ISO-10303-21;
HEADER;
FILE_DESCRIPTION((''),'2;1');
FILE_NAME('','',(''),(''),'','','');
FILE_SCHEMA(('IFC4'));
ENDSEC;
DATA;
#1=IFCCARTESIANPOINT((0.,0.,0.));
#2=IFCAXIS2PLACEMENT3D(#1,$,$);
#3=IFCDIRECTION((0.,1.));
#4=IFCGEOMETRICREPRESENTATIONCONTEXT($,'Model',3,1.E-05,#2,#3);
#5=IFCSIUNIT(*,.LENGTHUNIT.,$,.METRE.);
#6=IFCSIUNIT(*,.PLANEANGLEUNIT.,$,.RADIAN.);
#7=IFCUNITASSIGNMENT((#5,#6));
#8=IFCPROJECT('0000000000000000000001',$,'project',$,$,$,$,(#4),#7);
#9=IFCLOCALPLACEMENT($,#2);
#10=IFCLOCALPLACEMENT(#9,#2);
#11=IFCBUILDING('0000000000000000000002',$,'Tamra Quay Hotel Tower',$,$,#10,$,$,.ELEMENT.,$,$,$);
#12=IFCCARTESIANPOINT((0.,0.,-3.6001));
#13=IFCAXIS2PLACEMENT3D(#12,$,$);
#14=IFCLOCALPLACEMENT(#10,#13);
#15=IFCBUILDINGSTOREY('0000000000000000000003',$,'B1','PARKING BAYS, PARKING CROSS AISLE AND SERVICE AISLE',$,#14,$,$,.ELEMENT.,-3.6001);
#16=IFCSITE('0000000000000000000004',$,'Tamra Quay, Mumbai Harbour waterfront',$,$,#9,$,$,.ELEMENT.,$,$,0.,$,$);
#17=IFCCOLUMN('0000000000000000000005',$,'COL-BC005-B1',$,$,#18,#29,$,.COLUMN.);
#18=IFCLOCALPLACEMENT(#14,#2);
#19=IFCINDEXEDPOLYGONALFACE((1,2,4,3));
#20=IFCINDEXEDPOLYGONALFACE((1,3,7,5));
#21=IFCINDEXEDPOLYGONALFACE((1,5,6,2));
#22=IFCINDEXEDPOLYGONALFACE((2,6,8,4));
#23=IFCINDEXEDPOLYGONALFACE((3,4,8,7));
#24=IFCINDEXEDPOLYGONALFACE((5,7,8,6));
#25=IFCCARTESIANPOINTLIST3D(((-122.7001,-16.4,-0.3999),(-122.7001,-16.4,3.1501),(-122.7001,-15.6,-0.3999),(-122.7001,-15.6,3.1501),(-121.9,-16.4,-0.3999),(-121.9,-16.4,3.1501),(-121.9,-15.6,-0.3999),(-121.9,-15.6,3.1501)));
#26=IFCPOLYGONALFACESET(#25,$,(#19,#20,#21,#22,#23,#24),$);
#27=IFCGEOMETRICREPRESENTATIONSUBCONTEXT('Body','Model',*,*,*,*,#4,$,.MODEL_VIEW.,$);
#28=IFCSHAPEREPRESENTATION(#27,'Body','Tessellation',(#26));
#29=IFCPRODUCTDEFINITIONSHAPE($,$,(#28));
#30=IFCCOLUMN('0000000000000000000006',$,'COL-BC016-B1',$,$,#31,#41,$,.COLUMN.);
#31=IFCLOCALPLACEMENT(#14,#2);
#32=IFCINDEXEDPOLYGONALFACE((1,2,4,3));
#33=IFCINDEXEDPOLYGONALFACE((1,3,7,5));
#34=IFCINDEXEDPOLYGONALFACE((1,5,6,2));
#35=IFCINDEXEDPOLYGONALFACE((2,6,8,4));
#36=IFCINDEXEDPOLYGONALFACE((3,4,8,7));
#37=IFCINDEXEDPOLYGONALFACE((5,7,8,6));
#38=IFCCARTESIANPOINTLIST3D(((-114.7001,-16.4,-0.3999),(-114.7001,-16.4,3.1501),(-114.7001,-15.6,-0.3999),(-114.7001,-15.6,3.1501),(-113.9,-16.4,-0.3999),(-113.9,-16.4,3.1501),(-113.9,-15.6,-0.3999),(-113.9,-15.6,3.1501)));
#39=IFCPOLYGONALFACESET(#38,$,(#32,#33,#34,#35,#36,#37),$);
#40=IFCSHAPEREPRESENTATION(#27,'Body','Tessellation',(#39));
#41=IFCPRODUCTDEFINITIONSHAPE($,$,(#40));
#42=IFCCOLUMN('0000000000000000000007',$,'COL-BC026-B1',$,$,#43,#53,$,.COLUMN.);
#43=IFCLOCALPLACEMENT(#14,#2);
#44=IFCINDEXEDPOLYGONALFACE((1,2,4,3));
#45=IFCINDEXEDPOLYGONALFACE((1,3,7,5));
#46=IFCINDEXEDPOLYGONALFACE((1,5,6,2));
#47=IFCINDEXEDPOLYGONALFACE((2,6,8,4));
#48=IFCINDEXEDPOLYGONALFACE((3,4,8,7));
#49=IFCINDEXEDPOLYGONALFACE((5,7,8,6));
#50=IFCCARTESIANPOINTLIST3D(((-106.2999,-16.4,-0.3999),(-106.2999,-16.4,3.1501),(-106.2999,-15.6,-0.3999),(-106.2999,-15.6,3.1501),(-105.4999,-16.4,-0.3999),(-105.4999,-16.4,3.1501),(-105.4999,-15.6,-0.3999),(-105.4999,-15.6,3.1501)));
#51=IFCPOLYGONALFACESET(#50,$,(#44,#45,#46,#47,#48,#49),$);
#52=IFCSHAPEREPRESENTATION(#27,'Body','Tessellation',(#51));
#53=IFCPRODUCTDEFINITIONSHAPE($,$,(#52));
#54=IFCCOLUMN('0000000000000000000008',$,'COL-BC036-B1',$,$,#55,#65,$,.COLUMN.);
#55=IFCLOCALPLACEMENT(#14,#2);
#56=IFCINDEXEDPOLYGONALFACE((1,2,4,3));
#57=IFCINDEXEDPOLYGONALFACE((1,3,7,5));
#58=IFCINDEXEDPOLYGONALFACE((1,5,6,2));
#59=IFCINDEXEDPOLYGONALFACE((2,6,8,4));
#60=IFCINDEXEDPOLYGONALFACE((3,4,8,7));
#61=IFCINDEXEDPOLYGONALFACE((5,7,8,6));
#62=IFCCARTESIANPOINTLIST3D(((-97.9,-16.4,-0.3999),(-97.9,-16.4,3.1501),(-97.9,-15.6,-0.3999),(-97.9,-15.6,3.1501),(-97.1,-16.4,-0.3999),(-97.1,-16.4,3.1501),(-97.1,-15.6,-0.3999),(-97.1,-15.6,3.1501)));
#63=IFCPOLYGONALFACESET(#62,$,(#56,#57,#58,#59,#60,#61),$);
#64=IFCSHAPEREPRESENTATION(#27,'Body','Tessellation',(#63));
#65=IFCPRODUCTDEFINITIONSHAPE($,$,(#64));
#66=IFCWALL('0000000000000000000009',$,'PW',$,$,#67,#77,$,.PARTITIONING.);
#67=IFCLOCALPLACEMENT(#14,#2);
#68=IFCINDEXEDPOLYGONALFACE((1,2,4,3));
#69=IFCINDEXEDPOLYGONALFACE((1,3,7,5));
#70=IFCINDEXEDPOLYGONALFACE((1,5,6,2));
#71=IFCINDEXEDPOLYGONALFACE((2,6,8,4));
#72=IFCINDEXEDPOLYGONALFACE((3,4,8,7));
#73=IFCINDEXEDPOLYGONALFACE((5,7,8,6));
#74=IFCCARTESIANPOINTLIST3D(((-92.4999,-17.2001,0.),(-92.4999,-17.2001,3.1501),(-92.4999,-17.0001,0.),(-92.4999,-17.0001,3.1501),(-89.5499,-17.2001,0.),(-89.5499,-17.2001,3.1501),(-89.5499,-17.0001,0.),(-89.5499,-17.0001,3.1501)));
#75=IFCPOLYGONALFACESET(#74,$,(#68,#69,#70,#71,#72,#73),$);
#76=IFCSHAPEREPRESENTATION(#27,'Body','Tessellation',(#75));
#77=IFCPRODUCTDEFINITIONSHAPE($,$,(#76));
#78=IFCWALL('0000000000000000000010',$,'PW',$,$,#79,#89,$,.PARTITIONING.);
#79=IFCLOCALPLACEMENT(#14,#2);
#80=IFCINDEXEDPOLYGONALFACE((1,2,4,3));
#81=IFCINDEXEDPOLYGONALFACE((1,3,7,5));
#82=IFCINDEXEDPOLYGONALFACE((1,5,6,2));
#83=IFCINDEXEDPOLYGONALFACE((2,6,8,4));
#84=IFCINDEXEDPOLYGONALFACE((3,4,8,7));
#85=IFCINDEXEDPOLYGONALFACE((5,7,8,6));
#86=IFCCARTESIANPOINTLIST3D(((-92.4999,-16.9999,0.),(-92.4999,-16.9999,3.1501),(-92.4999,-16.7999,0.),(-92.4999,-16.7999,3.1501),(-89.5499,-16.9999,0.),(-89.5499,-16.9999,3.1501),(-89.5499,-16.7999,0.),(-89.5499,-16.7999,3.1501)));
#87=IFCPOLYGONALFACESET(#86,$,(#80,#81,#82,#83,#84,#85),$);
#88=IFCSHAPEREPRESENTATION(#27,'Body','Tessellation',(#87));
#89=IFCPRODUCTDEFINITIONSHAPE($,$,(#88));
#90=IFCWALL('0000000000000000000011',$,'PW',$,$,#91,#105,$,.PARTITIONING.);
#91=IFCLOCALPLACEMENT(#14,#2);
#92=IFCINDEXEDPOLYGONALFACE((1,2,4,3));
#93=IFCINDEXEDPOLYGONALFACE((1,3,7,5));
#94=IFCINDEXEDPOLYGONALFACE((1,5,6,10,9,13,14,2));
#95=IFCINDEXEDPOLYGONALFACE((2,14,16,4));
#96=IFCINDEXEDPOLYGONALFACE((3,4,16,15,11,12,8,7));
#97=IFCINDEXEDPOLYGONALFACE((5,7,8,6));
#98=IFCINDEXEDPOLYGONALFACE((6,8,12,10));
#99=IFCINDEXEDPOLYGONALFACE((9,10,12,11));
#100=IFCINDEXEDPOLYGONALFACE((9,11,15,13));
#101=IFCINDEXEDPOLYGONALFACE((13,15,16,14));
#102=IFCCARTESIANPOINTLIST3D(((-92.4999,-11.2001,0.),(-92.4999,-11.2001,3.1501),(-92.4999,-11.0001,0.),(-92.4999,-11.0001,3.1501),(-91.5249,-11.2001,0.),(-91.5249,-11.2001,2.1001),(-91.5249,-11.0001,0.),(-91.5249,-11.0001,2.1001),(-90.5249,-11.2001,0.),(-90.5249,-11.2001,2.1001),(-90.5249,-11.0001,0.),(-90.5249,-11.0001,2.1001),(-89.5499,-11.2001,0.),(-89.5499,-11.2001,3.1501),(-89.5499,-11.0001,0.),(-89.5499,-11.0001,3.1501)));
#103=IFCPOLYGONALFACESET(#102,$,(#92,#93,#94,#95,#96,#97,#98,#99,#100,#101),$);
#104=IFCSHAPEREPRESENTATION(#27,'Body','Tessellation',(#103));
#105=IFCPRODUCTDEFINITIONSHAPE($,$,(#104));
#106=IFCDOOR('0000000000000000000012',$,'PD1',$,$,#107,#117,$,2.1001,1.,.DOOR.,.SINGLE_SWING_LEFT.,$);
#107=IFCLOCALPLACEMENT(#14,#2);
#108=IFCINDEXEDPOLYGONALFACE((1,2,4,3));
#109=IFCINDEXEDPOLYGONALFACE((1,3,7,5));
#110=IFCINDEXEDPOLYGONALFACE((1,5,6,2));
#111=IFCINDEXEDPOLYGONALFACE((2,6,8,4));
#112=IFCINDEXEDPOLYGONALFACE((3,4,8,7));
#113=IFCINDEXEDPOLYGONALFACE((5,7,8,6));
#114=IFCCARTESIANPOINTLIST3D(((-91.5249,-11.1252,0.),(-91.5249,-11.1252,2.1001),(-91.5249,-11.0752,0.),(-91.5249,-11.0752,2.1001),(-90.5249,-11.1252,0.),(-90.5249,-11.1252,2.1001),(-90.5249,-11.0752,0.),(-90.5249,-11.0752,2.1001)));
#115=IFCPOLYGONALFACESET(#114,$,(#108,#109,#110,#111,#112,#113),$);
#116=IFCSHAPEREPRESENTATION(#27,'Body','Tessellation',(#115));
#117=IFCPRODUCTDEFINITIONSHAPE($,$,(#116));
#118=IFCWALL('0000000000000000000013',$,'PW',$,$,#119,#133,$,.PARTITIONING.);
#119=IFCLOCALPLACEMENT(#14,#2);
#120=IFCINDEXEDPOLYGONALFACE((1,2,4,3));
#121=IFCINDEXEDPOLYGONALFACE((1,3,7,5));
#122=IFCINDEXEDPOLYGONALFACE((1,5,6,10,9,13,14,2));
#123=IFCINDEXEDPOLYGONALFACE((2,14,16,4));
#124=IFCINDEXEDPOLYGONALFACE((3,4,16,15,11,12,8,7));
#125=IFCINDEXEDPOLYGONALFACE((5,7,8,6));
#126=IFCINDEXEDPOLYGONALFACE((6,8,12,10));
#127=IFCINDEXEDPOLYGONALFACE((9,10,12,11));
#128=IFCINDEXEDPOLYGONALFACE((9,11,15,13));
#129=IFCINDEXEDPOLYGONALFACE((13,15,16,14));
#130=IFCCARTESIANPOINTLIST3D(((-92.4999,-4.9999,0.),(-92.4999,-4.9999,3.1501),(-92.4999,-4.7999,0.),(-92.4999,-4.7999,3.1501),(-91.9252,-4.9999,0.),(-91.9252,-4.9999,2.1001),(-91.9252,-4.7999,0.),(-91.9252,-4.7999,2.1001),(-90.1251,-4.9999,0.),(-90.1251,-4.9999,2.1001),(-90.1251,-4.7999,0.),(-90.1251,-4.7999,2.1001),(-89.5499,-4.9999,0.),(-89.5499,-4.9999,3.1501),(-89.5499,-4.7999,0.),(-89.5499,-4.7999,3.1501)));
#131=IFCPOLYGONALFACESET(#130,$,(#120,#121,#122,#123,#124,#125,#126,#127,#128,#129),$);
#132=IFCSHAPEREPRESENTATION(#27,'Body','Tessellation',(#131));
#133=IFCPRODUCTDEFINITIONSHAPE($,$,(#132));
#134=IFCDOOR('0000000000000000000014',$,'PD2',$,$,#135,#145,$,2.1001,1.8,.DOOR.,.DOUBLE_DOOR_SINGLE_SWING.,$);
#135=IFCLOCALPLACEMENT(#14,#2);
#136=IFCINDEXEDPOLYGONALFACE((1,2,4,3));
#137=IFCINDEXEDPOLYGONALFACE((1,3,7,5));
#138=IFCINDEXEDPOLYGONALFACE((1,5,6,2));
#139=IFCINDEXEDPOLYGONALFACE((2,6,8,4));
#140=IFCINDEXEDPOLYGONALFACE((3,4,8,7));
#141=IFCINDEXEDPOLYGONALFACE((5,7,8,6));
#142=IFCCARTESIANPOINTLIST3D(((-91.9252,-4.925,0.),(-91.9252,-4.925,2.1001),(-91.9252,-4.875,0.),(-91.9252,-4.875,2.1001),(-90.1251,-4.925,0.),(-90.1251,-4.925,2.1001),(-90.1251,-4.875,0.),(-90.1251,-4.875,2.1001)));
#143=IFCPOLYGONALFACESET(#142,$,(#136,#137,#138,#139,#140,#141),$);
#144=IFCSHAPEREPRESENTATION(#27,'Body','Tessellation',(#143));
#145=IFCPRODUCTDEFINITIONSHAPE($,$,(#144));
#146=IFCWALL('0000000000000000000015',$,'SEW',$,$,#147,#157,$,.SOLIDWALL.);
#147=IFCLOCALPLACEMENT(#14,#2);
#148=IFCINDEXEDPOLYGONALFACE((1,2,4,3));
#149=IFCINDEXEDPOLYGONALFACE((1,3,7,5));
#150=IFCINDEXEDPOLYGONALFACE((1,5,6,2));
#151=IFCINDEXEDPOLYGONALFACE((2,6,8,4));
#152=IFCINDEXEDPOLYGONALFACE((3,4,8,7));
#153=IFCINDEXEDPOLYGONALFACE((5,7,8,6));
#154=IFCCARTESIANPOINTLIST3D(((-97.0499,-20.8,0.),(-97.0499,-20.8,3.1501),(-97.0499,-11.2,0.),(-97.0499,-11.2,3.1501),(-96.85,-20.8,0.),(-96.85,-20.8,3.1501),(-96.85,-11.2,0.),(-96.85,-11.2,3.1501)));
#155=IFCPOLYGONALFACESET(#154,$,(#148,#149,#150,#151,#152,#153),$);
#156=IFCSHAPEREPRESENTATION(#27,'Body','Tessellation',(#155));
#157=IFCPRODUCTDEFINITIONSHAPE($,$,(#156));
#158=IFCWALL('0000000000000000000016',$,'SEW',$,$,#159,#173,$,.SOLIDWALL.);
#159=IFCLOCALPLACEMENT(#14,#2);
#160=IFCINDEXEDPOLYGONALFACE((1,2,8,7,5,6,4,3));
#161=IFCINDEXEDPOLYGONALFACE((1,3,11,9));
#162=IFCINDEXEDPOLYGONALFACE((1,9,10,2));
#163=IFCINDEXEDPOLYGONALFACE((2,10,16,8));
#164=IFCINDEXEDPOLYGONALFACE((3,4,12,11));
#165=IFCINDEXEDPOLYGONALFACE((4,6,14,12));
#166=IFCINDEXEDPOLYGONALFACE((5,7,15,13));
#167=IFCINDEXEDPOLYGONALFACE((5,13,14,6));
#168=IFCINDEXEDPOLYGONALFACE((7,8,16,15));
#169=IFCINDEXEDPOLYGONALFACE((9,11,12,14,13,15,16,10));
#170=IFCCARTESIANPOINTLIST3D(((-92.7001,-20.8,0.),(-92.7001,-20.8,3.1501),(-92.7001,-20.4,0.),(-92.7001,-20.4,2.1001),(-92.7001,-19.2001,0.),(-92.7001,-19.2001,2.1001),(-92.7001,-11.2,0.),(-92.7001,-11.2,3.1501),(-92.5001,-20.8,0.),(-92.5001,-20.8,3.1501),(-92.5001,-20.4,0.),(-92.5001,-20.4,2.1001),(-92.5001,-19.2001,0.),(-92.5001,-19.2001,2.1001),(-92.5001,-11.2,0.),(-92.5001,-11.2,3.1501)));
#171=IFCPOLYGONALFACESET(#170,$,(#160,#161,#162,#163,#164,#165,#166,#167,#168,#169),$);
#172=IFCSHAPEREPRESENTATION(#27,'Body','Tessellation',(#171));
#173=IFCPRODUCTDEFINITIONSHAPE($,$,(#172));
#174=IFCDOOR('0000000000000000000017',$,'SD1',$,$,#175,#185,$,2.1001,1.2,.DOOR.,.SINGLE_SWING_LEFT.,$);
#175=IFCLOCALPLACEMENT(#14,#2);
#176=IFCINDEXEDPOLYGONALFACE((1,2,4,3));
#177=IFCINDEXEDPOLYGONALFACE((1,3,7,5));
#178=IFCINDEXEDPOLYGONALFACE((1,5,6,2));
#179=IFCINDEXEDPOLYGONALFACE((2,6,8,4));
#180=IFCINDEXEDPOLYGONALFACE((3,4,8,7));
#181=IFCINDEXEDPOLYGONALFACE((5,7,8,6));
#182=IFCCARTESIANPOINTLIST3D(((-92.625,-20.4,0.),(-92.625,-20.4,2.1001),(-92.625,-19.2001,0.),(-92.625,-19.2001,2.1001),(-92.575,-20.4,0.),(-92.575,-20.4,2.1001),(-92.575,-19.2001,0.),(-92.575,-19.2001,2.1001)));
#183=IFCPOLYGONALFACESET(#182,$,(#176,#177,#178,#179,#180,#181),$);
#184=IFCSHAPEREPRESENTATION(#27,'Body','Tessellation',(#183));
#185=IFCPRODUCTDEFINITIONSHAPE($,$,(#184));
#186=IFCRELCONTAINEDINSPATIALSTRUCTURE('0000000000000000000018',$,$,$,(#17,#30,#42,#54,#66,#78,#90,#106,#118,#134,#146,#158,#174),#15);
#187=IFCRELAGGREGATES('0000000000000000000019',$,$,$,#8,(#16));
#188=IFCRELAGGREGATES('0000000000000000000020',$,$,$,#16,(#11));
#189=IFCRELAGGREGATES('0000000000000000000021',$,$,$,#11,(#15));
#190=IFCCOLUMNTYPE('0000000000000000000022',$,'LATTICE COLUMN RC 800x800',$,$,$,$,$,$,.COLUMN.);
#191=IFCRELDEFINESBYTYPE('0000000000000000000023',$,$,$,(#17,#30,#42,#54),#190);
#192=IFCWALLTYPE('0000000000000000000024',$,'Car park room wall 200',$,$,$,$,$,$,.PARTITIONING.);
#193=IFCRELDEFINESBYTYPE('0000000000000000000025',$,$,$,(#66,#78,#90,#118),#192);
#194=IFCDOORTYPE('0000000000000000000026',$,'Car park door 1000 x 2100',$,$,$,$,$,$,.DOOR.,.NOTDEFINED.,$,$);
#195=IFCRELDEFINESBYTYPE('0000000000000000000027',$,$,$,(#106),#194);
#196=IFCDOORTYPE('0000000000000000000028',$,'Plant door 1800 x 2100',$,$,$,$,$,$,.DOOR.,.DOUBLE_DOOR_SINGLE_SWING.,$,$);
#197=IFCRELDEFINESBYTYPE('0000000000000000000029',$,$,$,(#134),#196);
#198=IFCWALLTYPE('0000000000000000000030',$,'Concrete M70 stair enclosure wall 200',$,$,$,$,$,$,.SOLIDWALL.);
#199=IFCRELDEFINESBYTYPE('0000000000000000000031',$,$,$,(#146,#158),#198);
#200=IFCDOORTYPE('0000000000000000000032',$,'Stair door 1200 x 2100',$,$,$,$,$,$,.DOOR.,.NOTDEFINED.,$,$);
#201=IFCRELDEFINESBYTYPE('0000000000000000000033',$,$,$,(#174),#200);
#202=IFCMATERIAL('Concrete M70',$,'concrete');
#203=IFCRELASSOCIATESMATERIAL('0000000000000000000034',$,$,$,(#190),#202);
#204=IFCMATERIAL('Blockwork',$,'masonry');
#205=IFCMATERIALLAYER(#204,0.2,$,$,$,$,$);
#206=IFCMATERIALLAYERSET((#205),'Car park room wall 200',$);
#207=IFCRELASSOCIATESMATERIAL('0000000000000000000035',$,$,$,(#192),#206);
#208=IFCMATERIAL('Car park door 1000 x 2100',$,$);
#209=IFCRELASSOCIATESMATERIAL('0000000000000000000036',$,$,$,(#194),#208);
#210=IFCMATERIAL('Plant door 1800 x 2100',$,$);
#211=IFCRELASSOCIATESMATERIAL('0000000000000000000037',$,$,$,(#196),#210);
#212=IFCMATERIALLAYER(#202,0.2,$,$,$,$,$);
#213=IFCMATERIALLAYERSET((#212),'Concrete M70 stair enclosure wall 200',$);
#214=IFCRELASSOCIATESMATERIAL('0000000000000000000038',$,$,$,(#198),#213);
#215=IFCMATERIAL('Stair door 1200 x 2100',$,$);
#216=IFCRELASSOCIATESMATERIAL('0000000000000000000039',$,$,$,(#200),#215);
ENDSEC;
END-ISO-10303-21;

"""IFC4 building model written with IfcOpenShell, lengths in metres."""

from ifc_helpers import new_model, si_unit, direction, frame, frame_2d, origin, origin_2d, place, context, subcontext, project, spatial, rectangle, extrude, material, layer, layer_set, material_profile, profile_set, type_object, element, fill, save


model = new_model("IFC4")

# Units and contexts
model_context = context("Model", 3, precision=1e-05, world=origin(), true_north=direction((0.0, 1.0)))
body_context = subcontext(model_context, "Body", "Model", "MODEL_VIEW")
ifc_project = project(units=[si_unit("LENGTHUNIT", "METRE"), si_unit("PLANEANGLEUNIT", "RADIAN")], contexts=[model_context])

# Site, building, storey
site_placement = place(None, origin())
site = spatial("IfcSite", under=ifc_project, at=site_placement, Name="Tamra Quay, Mumbai Harbour waterfront", CompositionType="ELEMENT", RefElevation=0.0)
building_placement = place(site_placement, origin())
building = spatial("IfcBuilding", under=site, at=building_placement, Name="Tamra Quay Hotel Tower", CompositionType="ELEMENT")
storey_placement = place(building_placement, frame((0.0, 0.0, -3.6001)))
storey = spatial("IfcBuildingStorey", under=building, at=storey_placement, Name="B1", Description="PARKING BAYS, PARKING CROSS AISLE AND SERVICE AISLE", CompositionType="ELEMENT", Elevation=-3.6001)

# Columns
ifc_material_1 = material(Name="Concrete M70", Category="concrete")
ifc_material_profile = material_profile(ifc_material_1, rectangle(XDim=0.8, YDim=0.8, at=origin_2d()), Name="LATTICE COLUMN RC 800x800")
ifc_profile_set = profile_set([ifc_material_profile], Name="Concrete M70")
column_type = type_object("IfcColumnType", Name="LATTICE COLUMN RC 800x800", PredefinedType="COLUMN", material=ifc_profile_set)
for number, where, z_axis, x_axis, name in (
    (1, (-122.3, -16.0, -0.3999), (0.0, 0.0, 1.0), (1.0, 0.0, 0.0), "COL-BC005-B1"),
    (2, (-114.3, -16.0, -0.3999), (0.0, 0.0, 1.0), (1.0, 0.0, 0.0), "COL-BC016-B1"),
    (3, (-105.8999, -16.0, -0.3999), (0.0, 0.0, 1.0), (1.0, 0.0, 0.0), "COL-BC026-B1"),
    (4, (-97.5, -16.0, -0.3999), (0.0, 0.0, 1.0), (1.0, 0.0, 0.0), "COL-BC036-B1"),
):
    element("IfcColumn", number, at=place(storey_placement, frame(where, z_axis=z_axis, x_axis=x_axis)), inside=storey, type_object=column_type, Name=name, PredefinedType="COLUMN", context=body_context, shape_type="SweptSolid", body=[
        extrude(rectangle(XDim=0.8, YDim=0.8, at=origin_2d()), origin(), (0.0, 0.0, 1.0), 3.55),
    ])

# Walls
ifc_material_2 = material(Name="Blockwork", Category="masonry")
ifc_layer_1 = layer(ifc_material_2, 0.2)
ifc_layer_set_1 = layer_set([ifc_layer_1], Name="Car park room wall 200")
wall_type_1 = type_object("IfcWallType", Name="Car park room wall 200", PredefinedType="PARTITIONING", material=ifc_layer_set_1)
for number, where, z_axis, x_axis, name in (
    (5, (-92.5, -17.1001, 0.0), (0.0, 0.0, 1.0), (1.0, 0.0, 0.0), "PW"),
    (6, (-92.5, -16.8999, 0.0), (0.0, 0.0, 1.0), (1.0, 0.0, 0.0), "PW"),
):
    element("IfcWall", number, at=place(storey_placement, frame(where, z_axis=z_axis, x_axis=x_axis)), inside=storey, type_object=wall_type_1, Name=name, PredefinedType="PARTITIONING", context=body_context, shape_type="SweptSolid", body=[
        extrude(rectangle(XDim=2.95, YDim=0.2, at=frame_2d((1.4751, 0.0))), origin(), (0.0, 0.0, 1.0), 3.1501),
    ])

# Walls, openings, doors
wall_1_placement = place(storey_placement, frame((-92.5, -11.1001, 0.0), z_axis=(0.0, 0.0, 1.0), x_axis=(1.0, 0.0, 0.0)))
wall_1 = element("IfcWall", 7, at=wall_1_placement, inside=storey, type_object=wall_type_1, Name="PW", PredefinedType="PARTITIONING", context=body_context, shape_type="SweptSolid", body=[
    extrude(rectangle(XDim=2.95, YDim=0.2, at=frame_2d((1.4751, 0.0))), origin(), (0.0, 0.0, 1.0), 3.1501),
])
opening_1_placement = place(wall_1_placement, frame((0.9751, 0.0, 0.0)))
opening_1 = element("IfcOpeningElement", 8, at=opening_1_placement, cuts=wall_1, PredefinedType="OPENING", context=body_context, shape_type="SweptSolid", body=[
    extrude(rectangle(XDim=1.0, YDim=2.1001, at=frame_2d((0.5, 1.05))), frame((0.0, 0.1099, 0.0), z_axis=(0.0, -1.0, 0.0), x_axis=(1.0, 0.0, 0.0)), (0.0, 0.0, 1.0), 0.22),
])
ifc_material_3 = material(Name="Car park door 1000 x 2100")
door_type_1 = type_object("IfcDoorType", Name="Car park door 1000 x 2100", OperationType="NOTDEFINED", PredefinedType="DOOR", material=ifc_material_3)
door_1_placement = place(opening_1_placement, origin())
door_1 = element("IfcDoor", 9, at=door_1_placement, inside=storey, type_object=door_type_1, Name="PD1", OperationType="SINGLE_SWING_LEFT", OverallHeight=2.1001, OverallWidth=1.0, PredefinedType="DOOR", context=body_context, shape_type="SweptSolid", body=[
    extrude(rectangle(XDim=1.0, YDim=2.1001, at=frame_2d((0.5, 1.05))), frame((0.0, 0.0249, 0.0), z_axis=(0.0, -1.0, 0.0), x_axis=(1.0, 0.0, 0.0)), (0.0, 0.0, 1.0), 0.05),
])
fill(opening_1, door_1)
wall_2_placement = place(storey_placement, frame((-92.5, -4.8999, 0.0), z_axis=(0.0, 0.0, 1.0), x_axis=(1.0, 0.0, 0.0)))
wall_2 = element("IfcWall", 10, at=wall_2_placement, inside=storey, type_object=wall_type_1, Name="PW", PredefinedType="PARTITIONING", context=body_context, shape_type="SweptSolid", body=[
    extrude(rectangle(XDim=2.95, YDim=0.2, at=frame_2d((1.4751, 0.0))), origin(), (0.0, 0.0, 1.0), 3.1501),
])
opening_2_placement = place(wall_2_placement, frame((0.575, 0.0, 0.0)))
opening_2 = element("IfcOpeningElement", 11, at=opening_2_placement, cuts=wall_2, PredefinedType="OPENING", context=body_context, shape_type="SweptSolid", body=[
    extrude(rectangle(XDim=1.8, YDim=2.1001, at=frame_2d((0.8999, 1.05))), frame((0.0, 0.1099, 0.0), z_axis=(0.0, -1.0, 0.0), x_axis=(1.0, 0.0, 0.0)), (0.0, 0.0, 1.0), 0.22),
])
ifc_material_4 = material(Name="Plant door 1800 x 2100")
door_type_2 = type_object("IfcDoorType", Name="Plant door 1800 x 2100", OperationType="DOUBLE_DOOR_SINGLE_SWING", PredefinedType="DOOR", material=ifc_material_4)
door_2_placement = place(opening_2_placement, origin())
door_2 = element("IfcDoor", 12, at=door_2_placement, inside=storey, type_object=door_type_2, Name="PD2", OperationType="DOUBLE_DOOR_SINGLE_SWING", OverallHeight=2.1001, OverallWidth=1.8, PredefinedType="DOOR", context=body_context, shape_type="SweptSolid", body=[
    extrude(rectangle(XDim=1.8, YDim=2.1001, at=frame_2d((0.8999, 1.05))), frame((0.0, 0.0249, 0.0), z_axis=(0.0, -1.0, 0.0), x_axis=(1.0, 0.0, 0.0)), (0.0, 0.0, 1.0), 0.05),
])
fill(opening_2, door_2)

# Wall
ifc_layer_2 = layer(ifc_material_1, 0.2)
ifc_layer_set_2 = layer_set([ifc_layer_2], Name="Concrete M70 stair enclosure wall 200")
wall_type_2 = type_object("IfcWallType", Name="Concrete M70 stair enclosure wall 200", PredefinedType="SOLIDWALL", material=ifc_layer_set_2)
wall_3_placement = place(storey_placement, frame((-96.95, -20.8, 0.0), z_axis=(0.0, 0.0, 1.0), x_axis=(0.0, 1.0, 0.0)))
element("IfcWall", 13, at=wall_3_placement, inside=storey, type_object=wall_type_2, Name="SEW", PredefinedType="SOLIDWALL", context=body_context, shape_type="SweptSolid", body=[
    extrude(rectangle(XDim=9.6001, YDim=0.2, at=frame_2d((4.8, 0.0))), origin(), (0.0, 0.0, 1.0), 3.1501),
])

# Wall, opening, door
wall_4_placement = place(storey_placement, frame((-92.6001, -20.8, 0.0), z_axis=(0.0, 0.0, 1.0), x_axis=(0.0, 1.0, 0.0)))
wall_4 = element("IfcWall", 14, at=wall_4_placement, inside=storey, type_object=wall_type_2, Name="SEW", PredefinedType="SOLIDWALL", context=body_context, shape_type="SweptSolid", body=[
    extrude(rectangle(XDim=9.6001, YDim=0.2, at=frame_2d((4.8, 0.0))), origin(), (0.0, 0.0, 1.0), 3.1501),
])
opening_3_placement = place(wall_4_placement, frame((0.3999, 0.0, 0.0)))
opening_3 = element("IfcOpeningElement", 15, at=opening_3_placement, cuts=wall_4, PredefinedType="OPENING", context=body_context, shape_type="SweptSolid", body=[
    extrude(rectangle(XDim=1.2, YDim=2.1001, at=frame_2d((0.6001, 1.05))), frame((0.0, 0.1099, 0.0), z_axis=(0.0, -1.0, 0.0), x_axis=(1.0, 0.0, 0.0)), (0.0, 0.0, 1.0), 0.22),
])
ifc_material_5 = material(Name="Stair door 1200 x 2100")
door_type_3 = type_object("IfcDoorType", Name="Stair door 1200 x 2100", OperationType="NOTDEFINED", PredefinedType="DOOR", material=ifc_material_5)
door_3_placement = place(opening_3_placement, origin())
door_3 = element("IfcDoor", 16, at=door_3_placement, inside=storey, type_object=door_type_3, Name="SD1", OperationType="SINGLE_SWING_LEFT", OverallHeight=2.1001, OverallWidth=1.2, PredefinedType="DOOR", context=body_context, shape_type="SweptSolid", body=[
    extrude(rectangle(XDim=1.2, YDim=2.1001, at=frame_2d((0.6001, 1.05))), frame((0.0, 0.0249, 0.0), z_axis=(0.0, -1.0, 0.0), x_axis=(1.0, 0.0, 0.0)), (0.0, 0.0, 1.0), 0.05),
])
fill(opening_3, door_3)

save(model, "model.ifc")
